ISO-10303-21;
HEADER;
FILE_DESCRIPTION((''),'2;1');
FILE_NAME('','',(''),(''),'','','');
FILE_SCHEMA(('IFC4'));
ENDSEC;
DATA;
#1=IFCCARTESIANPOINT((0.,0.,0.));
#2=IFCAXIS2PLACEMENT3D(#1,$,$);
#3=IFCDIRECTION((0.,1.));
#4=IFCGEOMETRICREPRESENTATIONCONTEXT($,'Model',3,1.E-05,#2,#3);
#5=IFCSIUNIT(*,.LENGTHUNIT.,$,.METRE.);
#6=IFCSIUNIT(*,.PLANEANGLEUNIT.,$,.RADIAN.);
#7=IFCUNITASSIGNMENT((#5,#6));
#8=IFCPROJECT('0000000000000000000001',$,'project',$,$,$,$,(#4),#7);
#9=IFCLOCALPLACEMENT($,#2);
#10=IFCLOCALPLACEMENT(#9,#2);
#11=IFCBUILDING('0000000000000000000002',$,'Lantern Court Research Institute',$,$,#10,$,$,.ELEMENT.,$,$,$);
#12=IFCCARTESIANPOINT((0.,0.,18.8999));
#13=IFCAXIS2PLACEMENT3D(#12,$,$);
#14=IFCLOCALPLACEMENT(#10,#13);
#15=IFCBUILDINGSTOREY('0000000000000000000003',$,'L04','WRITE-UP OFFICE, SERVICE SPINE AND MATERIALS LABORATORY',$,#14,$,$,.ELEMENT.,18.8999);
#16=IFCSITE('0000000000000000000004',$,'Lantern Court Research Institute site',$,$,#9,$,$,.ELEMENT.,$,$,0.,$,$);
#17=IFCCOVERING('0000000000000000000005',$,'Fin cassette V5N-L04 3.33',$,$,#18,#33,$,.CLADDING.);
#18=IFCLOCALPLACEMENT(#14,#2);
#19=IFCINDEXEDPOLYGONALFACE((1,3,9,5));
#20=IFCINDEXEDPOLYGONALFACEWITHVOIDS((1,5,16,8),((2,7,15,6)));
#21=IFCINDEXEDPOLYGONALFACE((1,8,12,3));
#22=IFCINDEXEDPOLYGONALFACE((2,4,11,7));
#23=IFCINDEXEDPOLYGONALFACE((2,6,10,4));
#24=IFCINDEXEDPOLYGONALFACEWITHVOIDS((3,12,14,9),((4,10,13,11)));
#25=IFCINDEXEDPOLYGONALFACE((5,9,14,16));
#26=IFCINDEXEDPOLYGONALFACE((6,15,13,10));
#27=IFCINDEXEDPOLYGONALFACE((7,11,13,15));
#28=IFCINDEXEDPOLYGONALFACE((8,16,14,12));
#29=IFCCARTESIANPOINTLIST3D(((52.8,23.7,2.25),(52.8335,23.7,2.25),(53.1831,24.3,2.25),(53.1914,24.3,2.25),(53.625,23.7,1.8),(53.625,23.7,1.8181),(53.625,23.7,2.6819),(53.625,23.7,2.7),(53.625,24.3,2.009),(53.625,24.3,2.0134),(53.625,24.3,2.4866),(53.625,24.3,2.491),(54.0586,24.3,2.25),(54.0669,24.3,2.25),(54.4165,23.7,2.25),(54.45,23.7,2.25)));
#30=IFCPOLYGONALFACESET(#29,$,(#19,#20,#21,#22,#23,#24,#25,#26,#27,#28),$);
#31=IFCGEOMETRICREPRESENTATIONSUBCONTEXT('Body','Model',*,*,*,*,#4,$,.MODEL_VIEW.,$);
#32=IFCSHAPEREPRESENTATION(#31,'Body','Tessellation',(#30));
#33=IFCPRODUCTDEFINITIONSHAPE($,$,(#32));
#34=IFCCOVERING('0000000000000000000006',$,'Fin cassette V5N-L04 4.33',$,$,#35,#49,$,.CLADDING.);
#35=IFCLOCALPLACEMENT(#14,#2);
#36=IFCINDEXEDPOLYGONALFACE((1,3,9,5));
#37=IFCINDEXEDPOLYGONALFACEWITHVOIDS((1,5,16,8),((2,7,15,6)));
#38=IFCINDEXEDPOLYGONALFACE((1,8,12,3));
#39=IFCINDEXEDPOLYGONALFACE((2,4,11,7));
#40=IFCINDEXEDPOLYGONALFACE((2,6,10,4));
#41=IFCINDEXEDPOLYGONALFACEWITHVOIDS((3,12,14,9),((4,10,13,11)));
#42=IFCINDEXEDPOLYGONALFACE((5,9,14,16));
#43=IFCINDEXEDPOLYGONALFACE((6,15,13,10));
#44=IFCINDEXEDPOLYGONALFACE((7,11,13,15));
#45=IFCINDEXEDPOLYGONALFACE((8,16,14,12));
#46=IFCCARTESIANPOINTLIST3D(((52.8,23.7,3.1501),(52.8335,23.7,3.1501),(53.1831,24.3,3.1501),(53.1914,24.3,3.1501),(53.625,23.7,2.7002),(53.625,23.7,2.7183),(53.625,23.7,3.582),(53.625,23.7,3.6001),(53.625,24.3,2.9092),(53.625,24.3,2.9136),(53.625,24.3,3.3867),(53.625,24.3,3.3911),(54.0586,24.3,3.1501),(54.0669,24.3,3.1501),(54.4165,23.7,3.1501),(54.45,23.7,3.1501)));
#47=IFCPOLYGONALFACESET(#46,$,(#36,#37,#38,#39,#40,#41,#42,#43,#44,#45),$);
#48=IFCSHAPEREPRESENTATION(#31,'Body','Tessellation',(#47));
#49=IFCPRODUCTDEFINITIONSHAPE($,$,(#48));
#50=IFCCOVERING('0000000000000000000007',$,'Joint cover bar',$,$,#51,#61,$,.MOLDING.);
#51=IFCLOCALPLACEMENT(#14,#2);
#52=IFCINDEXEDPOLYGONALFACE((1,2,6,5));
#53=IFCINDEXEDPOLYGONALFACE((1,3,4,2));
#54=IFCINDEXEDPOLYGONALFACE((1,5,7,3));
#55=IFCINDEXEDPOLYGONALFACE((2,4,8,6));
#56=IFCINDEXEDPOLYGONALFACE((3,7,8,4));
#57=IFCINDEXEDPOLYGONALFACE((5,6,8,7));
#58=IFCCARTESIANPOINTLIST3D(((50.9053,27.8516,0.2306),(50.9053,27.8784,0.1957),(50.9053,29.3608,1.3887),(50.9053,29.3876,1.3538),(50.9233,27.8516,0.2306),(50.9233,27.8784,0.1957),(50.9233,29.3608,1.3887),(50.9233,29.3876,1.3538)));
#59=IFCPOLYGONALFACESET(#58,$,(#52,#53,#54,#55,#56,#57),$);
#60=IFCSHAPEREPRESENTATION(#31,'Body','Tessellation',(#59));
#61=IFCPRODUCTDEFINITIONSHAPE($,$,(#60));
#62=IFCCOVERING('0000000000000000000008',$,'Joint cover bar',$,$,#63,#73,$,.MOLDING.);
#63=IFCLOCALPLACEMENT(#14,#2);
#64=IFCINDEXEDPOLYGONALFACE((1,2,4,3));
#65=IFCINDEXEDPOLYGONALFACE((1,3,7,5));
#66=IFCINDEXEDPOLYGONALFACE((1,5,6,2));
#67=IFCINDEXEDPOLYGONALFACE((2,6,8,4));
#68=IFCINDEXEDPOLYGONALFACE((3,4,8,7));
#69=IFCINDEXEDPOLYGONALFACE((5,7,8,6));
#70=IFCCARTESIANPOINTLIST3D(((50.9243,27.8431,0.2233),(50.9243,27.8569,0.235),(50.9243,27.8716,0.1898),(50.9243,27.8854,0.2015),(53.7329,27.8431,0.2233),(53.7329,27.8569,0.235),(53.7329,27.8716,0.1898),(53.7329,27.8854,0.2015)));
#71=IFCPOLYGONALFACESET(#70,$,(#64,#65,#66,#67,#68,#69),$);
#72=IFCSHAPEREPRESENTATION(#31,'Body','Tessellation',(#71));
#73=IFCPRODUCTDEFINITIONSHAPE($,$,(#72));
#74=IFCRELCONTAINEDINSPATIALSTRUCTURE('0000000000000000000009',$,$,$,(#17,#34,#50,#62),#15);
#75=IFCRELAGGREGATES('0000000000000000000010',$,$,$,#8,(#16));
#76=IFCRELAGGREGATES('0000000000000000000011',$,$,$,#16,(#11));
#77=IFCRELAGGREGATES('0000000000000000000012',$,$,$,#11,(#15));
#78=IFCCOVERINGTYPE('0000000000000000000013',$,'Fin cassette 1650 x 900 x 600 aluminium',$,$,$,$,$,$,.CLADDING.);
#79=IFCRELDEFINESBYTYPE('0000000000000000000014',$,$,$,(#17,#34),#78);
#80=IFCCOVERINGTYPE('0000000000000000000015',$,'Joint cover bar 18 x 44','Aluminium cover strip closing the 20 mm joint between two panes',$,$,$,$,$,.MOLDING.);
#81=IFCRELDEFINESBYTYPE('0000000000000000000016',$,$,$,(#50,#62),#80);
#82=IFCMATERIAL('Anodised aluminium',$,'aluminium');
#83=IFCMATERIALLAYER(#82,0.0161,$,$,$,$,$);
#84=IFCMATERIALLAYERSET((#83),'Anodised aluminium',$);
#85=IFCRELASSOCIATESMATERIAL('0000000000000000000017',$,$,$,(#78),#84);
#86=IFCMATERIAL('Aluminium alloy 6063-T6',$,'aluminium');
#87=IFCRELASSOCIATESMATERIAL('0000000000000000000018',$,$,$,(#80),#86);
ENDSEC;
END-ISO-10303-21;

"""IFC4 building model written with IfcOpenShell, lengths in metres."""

from ifc_helpers import new_model, entity, si_unit, direction, frame, origin, origin_2d, place, context, subcontext, project, spatial, rectangle, extrude, material, layer, layer_set, material_profile, profile_set, type_object, element, save


model = new_model("IFC4")

# Units and contexts
model_context = context("Model", 3, precision=1e-05, world=origin(), true_north=direction((0.0, 1.0)))
body_context = subcontext(model_context, "Body", "Model", "MODEL_VIEW")
ifc_project = project(units=[si_unit("LENGTHUNIT", "METRE"), si_unit("PLANEANGLEUNIT", "RADIAN")], contexts=[model_context])

# Site, building, storey
site_placement = place(None, origin())
site = spatial("IfcSite", under=ifc_project, at=site_placement, Name="Lantern Court Research Institute site", CompositionType="ELEMENT", RefElevation=0.0)
building_placement = place(site_placement, origin())
building = spatial("IfcBuilding", under=site, at=building_placement, Name="Lantern Court Research Institute", CompositionType="ELEMENT")
storey_placement = place(building_placement, frame((0.0, 0.0, 18.8999)))
storey = spatial("IfcBuildingStorey", under=building, at=storey_placement, Name="L04", Description="WRITE-UP OFFICE, SERVICE SPINE AND MATERIALS LABORATORY", CompositionType="ELEMENT", Elevation=18.8999)

# Coverings
ifc_material_1 = material(Name="Anodised aluminium", Category="aluminium")
ifc_layer_1 = layer(ifc_material_1, 0.0161)
ifc_layer_set_1 = layer_set([ifc_layer_1], Name="Anodised aluminium")
covering_type_1 = type_object("IfcCoveringType", Name="Fin cassette 1650 x 900 x 600 aluminium", PredefinedType="CLADDING", material=ifc_layer_set_1)
covering_1_placement = place(storey_placement, frame((53.625, 23.7, 2.25), z_axis=(0.0, 1.0, 0.0), x_axis=(-1.0, 0.0, 0.0)))
cartesian_point_1 = entity("IfcCartesianPoint", [0.825, 0.0])
cartesian_point_2 = entity("IfcCartesianPoint", [0.7915, 0.0])
cartesian_point_3 = entity("IfcCartesianPoint", [0.4419, 0.0])
cartesian_point_4 = entity("IfcCartesianPoint", [0.4336, 0.0])
element("IfcCovering", 1, at=covering_1_placement, inside=storey, type_object=covering_type_1, Name="Fin cassette V5N-L04 3.33", PredefinedType="CLADDING", context=body_context, shape_type="SweptSolid", body=[
    entity("IfcExtrudedAreaSolidTapered", entity("IfcArbitraryProfileDefWithVoids", "AREA", None, entity("IfcPolyline", [cartesian_point_1, entity("IfcCartesianPoint", [0.0, 0.45]), entity("IfcCartesianPoint", [-0.825, 0.0]), entity("IfcCartesianPoint", [0.0, -0.45]), cartesian_point_1]), [entity("IfcPolyline", [cartesian_point_2, entity("IfcCartesianPoint", [0.0, 0.4319]), entity("IfcCartesianPoint", [-0.7915, 0.0]), entity("IfcCartesianPoint", [0.0, -0.4319]), cartesian_point_2])]), entity("IfcAxis2Placement3D", entity("IfcCartesianPoint", [0.0, 0.0, 0.0])), entity("IfcDirection", [0.0, 0.0, 1.0]), 0.6001, entity("IfcArbitraryProfileDefWithVoids", "AREA", None, entity("IfcPolyline", [cartesian_point_3, entity("IfcCartesianPoint", [0.0, 0.241]), entity("IfcCartesianPoint", [-0.4419, 0.0]), entity("IfcCartesianPoint", [0.0, -0.241]), cartesian_point_3]), [entity("IfcPolyline", [cartesian_point_4, entity("IfcCartesianPoint", [0.0, 0.2366]), entity("IfcCartesianPoint", [-0.4336, 0.0]), entity("IfcCartesianPoint", [0.0, -0.2366]), cartesian_point_4])])),
])
covering_2_placement = place(storey_placement, frame((53.625, 23.7, 3.1501), z_axis=(0.0, 1.0, 0.0), x_axis=(-1.0, 0.0, 0.0)))
cartesian_point_5 = entity("IfcCartesianPoint", [0.825, 0.0])
cartesian_point_6 = entity("IfcCartesianPoint", [0.7915, 0.0])
cartesian_point_7 = entity("IfcCartesianPoint", [0.4419, 0.0])
cartesian_point_8 = entity("IfcCartesianPoint", [0.4336, 0.0])
element("IfcCovering", 2, at=covering_2_placement, inside=storey, type_object=covering_type_1, Name="Fin cassette V5N-L04 4.33", PredefinedType="CLADDING", context=body_context, shape_type="SweptSolid", body=[
    entity("IfcExtrudedAreaSolidTapered", entity("IfcArbitraryProfileDefWithVoids", "AREA", None, entity("IfcPolyline", [cartesian_point_5, entity("IfcCartesianPoint", [0.0, 0.45]), entity("IfcCartesianPoint", [-0.825, 0.0]), entity("IfcCartesianPoint", [0.0, -0.45]), cartesian_point_5]), [entity("IfcPolyline", [cartesian_point_6, entity("IfcCartesianPoint", [0.0, 0.4319]), entity("IfcCartesianPoint", [-0.7915, 0.0]), entity("IfcCartesianPoint", [0.0, -0.4319]), cartesian_point_6])]), entity("IfcAxis2Placement3D", entity("IfcCartesianPoint", [0.0, 0.0, 0.0])), entity("IfcDirection", [0.0, 0.0, 1.0]), 0.6001, entity("IfcArbitraryProfileDefWithVoids", "AREA", None, entity("IfcPolyline", [cartesian_point_7, entity("IfcCartesianPoint", [0.0, 0.241]), entity("IfcCartesianPoint", [-0.4419, 0.0]), entity("IfcCartesianPoint", [0.0, -0.241]), cartesian_point_7]), [entity("IfcPolyline", [cartesian_point_8, entity("IfcCartesianPoint", [0.0, 0.2366]), entity("IfcCartesianPoint", [-0.4336, 0.0]), entity("IfcCartesianPoint", [0.0, -0.2366]), cartesian_point_8])])),
])
ifc_material_2 = material(Name="Aluminium alloy 6063-T6", Category="aluminium")
ifc_material_profile_1 = material_profile(ifc_material_2, rectangle(XDim=0.0181, YDim=0.0439, at=origin_2d()), Name="Joint cover bar 18 x 44")
ifc_profile_set_1 = profile_set([ifc_material_profile_1], Name="Aluminium alloy 6063-T6")
covering_type_2 = type_object("IfcCoveringType", Name="Joint cover bar 18 x 44", Description="Aluminium cover strip closing the 20 mm joint between two panes", PredefinedType="MOLDING", material=ifc_profile_set_1)
covering_3_placement = place(storey_placement, frame((50.9143, 27.865, 0.2131), z_axis=(0.0, 0.79333, 0.608792), x_axis=(-1.0, 0.0, 0.0)))
element("IfcCovering", 3, at=covering_3_placement, inside=storey, type_object=covering_type_2, Name="Joint cover bar", PredefinedType="MOLDING", context=body_context, shape_type="SweptSolid", body=[
    extrude(rectangle(XDim=0.0181, YDim=0.0439, at=origin_2d()), origin(), (0.0, 0.0, 1.0), 1.9023),
])
covering_4_placement = place(storey_placement, frame((50.9243, 27.8643, 0.2124), z_axis=(1.0, 0.0, 0.0), x_axis=(0.0, 0.761673, 0.647962)))
element("IfcCovering", 4, at=covering_4_placement, inside=storey, type_object=covering_type_2, Name="Joint cover bar", PredefinedType="MOLDING", context=body_context, shape_type="SweptSolid", body=[
    extrude(rectangle(XDim=0.0181, YDim=0.0439, at=origin_2d()), origin(), (0.0, 0.0, 1.0), 2.8086),
])

save(model, "model.ifc")
